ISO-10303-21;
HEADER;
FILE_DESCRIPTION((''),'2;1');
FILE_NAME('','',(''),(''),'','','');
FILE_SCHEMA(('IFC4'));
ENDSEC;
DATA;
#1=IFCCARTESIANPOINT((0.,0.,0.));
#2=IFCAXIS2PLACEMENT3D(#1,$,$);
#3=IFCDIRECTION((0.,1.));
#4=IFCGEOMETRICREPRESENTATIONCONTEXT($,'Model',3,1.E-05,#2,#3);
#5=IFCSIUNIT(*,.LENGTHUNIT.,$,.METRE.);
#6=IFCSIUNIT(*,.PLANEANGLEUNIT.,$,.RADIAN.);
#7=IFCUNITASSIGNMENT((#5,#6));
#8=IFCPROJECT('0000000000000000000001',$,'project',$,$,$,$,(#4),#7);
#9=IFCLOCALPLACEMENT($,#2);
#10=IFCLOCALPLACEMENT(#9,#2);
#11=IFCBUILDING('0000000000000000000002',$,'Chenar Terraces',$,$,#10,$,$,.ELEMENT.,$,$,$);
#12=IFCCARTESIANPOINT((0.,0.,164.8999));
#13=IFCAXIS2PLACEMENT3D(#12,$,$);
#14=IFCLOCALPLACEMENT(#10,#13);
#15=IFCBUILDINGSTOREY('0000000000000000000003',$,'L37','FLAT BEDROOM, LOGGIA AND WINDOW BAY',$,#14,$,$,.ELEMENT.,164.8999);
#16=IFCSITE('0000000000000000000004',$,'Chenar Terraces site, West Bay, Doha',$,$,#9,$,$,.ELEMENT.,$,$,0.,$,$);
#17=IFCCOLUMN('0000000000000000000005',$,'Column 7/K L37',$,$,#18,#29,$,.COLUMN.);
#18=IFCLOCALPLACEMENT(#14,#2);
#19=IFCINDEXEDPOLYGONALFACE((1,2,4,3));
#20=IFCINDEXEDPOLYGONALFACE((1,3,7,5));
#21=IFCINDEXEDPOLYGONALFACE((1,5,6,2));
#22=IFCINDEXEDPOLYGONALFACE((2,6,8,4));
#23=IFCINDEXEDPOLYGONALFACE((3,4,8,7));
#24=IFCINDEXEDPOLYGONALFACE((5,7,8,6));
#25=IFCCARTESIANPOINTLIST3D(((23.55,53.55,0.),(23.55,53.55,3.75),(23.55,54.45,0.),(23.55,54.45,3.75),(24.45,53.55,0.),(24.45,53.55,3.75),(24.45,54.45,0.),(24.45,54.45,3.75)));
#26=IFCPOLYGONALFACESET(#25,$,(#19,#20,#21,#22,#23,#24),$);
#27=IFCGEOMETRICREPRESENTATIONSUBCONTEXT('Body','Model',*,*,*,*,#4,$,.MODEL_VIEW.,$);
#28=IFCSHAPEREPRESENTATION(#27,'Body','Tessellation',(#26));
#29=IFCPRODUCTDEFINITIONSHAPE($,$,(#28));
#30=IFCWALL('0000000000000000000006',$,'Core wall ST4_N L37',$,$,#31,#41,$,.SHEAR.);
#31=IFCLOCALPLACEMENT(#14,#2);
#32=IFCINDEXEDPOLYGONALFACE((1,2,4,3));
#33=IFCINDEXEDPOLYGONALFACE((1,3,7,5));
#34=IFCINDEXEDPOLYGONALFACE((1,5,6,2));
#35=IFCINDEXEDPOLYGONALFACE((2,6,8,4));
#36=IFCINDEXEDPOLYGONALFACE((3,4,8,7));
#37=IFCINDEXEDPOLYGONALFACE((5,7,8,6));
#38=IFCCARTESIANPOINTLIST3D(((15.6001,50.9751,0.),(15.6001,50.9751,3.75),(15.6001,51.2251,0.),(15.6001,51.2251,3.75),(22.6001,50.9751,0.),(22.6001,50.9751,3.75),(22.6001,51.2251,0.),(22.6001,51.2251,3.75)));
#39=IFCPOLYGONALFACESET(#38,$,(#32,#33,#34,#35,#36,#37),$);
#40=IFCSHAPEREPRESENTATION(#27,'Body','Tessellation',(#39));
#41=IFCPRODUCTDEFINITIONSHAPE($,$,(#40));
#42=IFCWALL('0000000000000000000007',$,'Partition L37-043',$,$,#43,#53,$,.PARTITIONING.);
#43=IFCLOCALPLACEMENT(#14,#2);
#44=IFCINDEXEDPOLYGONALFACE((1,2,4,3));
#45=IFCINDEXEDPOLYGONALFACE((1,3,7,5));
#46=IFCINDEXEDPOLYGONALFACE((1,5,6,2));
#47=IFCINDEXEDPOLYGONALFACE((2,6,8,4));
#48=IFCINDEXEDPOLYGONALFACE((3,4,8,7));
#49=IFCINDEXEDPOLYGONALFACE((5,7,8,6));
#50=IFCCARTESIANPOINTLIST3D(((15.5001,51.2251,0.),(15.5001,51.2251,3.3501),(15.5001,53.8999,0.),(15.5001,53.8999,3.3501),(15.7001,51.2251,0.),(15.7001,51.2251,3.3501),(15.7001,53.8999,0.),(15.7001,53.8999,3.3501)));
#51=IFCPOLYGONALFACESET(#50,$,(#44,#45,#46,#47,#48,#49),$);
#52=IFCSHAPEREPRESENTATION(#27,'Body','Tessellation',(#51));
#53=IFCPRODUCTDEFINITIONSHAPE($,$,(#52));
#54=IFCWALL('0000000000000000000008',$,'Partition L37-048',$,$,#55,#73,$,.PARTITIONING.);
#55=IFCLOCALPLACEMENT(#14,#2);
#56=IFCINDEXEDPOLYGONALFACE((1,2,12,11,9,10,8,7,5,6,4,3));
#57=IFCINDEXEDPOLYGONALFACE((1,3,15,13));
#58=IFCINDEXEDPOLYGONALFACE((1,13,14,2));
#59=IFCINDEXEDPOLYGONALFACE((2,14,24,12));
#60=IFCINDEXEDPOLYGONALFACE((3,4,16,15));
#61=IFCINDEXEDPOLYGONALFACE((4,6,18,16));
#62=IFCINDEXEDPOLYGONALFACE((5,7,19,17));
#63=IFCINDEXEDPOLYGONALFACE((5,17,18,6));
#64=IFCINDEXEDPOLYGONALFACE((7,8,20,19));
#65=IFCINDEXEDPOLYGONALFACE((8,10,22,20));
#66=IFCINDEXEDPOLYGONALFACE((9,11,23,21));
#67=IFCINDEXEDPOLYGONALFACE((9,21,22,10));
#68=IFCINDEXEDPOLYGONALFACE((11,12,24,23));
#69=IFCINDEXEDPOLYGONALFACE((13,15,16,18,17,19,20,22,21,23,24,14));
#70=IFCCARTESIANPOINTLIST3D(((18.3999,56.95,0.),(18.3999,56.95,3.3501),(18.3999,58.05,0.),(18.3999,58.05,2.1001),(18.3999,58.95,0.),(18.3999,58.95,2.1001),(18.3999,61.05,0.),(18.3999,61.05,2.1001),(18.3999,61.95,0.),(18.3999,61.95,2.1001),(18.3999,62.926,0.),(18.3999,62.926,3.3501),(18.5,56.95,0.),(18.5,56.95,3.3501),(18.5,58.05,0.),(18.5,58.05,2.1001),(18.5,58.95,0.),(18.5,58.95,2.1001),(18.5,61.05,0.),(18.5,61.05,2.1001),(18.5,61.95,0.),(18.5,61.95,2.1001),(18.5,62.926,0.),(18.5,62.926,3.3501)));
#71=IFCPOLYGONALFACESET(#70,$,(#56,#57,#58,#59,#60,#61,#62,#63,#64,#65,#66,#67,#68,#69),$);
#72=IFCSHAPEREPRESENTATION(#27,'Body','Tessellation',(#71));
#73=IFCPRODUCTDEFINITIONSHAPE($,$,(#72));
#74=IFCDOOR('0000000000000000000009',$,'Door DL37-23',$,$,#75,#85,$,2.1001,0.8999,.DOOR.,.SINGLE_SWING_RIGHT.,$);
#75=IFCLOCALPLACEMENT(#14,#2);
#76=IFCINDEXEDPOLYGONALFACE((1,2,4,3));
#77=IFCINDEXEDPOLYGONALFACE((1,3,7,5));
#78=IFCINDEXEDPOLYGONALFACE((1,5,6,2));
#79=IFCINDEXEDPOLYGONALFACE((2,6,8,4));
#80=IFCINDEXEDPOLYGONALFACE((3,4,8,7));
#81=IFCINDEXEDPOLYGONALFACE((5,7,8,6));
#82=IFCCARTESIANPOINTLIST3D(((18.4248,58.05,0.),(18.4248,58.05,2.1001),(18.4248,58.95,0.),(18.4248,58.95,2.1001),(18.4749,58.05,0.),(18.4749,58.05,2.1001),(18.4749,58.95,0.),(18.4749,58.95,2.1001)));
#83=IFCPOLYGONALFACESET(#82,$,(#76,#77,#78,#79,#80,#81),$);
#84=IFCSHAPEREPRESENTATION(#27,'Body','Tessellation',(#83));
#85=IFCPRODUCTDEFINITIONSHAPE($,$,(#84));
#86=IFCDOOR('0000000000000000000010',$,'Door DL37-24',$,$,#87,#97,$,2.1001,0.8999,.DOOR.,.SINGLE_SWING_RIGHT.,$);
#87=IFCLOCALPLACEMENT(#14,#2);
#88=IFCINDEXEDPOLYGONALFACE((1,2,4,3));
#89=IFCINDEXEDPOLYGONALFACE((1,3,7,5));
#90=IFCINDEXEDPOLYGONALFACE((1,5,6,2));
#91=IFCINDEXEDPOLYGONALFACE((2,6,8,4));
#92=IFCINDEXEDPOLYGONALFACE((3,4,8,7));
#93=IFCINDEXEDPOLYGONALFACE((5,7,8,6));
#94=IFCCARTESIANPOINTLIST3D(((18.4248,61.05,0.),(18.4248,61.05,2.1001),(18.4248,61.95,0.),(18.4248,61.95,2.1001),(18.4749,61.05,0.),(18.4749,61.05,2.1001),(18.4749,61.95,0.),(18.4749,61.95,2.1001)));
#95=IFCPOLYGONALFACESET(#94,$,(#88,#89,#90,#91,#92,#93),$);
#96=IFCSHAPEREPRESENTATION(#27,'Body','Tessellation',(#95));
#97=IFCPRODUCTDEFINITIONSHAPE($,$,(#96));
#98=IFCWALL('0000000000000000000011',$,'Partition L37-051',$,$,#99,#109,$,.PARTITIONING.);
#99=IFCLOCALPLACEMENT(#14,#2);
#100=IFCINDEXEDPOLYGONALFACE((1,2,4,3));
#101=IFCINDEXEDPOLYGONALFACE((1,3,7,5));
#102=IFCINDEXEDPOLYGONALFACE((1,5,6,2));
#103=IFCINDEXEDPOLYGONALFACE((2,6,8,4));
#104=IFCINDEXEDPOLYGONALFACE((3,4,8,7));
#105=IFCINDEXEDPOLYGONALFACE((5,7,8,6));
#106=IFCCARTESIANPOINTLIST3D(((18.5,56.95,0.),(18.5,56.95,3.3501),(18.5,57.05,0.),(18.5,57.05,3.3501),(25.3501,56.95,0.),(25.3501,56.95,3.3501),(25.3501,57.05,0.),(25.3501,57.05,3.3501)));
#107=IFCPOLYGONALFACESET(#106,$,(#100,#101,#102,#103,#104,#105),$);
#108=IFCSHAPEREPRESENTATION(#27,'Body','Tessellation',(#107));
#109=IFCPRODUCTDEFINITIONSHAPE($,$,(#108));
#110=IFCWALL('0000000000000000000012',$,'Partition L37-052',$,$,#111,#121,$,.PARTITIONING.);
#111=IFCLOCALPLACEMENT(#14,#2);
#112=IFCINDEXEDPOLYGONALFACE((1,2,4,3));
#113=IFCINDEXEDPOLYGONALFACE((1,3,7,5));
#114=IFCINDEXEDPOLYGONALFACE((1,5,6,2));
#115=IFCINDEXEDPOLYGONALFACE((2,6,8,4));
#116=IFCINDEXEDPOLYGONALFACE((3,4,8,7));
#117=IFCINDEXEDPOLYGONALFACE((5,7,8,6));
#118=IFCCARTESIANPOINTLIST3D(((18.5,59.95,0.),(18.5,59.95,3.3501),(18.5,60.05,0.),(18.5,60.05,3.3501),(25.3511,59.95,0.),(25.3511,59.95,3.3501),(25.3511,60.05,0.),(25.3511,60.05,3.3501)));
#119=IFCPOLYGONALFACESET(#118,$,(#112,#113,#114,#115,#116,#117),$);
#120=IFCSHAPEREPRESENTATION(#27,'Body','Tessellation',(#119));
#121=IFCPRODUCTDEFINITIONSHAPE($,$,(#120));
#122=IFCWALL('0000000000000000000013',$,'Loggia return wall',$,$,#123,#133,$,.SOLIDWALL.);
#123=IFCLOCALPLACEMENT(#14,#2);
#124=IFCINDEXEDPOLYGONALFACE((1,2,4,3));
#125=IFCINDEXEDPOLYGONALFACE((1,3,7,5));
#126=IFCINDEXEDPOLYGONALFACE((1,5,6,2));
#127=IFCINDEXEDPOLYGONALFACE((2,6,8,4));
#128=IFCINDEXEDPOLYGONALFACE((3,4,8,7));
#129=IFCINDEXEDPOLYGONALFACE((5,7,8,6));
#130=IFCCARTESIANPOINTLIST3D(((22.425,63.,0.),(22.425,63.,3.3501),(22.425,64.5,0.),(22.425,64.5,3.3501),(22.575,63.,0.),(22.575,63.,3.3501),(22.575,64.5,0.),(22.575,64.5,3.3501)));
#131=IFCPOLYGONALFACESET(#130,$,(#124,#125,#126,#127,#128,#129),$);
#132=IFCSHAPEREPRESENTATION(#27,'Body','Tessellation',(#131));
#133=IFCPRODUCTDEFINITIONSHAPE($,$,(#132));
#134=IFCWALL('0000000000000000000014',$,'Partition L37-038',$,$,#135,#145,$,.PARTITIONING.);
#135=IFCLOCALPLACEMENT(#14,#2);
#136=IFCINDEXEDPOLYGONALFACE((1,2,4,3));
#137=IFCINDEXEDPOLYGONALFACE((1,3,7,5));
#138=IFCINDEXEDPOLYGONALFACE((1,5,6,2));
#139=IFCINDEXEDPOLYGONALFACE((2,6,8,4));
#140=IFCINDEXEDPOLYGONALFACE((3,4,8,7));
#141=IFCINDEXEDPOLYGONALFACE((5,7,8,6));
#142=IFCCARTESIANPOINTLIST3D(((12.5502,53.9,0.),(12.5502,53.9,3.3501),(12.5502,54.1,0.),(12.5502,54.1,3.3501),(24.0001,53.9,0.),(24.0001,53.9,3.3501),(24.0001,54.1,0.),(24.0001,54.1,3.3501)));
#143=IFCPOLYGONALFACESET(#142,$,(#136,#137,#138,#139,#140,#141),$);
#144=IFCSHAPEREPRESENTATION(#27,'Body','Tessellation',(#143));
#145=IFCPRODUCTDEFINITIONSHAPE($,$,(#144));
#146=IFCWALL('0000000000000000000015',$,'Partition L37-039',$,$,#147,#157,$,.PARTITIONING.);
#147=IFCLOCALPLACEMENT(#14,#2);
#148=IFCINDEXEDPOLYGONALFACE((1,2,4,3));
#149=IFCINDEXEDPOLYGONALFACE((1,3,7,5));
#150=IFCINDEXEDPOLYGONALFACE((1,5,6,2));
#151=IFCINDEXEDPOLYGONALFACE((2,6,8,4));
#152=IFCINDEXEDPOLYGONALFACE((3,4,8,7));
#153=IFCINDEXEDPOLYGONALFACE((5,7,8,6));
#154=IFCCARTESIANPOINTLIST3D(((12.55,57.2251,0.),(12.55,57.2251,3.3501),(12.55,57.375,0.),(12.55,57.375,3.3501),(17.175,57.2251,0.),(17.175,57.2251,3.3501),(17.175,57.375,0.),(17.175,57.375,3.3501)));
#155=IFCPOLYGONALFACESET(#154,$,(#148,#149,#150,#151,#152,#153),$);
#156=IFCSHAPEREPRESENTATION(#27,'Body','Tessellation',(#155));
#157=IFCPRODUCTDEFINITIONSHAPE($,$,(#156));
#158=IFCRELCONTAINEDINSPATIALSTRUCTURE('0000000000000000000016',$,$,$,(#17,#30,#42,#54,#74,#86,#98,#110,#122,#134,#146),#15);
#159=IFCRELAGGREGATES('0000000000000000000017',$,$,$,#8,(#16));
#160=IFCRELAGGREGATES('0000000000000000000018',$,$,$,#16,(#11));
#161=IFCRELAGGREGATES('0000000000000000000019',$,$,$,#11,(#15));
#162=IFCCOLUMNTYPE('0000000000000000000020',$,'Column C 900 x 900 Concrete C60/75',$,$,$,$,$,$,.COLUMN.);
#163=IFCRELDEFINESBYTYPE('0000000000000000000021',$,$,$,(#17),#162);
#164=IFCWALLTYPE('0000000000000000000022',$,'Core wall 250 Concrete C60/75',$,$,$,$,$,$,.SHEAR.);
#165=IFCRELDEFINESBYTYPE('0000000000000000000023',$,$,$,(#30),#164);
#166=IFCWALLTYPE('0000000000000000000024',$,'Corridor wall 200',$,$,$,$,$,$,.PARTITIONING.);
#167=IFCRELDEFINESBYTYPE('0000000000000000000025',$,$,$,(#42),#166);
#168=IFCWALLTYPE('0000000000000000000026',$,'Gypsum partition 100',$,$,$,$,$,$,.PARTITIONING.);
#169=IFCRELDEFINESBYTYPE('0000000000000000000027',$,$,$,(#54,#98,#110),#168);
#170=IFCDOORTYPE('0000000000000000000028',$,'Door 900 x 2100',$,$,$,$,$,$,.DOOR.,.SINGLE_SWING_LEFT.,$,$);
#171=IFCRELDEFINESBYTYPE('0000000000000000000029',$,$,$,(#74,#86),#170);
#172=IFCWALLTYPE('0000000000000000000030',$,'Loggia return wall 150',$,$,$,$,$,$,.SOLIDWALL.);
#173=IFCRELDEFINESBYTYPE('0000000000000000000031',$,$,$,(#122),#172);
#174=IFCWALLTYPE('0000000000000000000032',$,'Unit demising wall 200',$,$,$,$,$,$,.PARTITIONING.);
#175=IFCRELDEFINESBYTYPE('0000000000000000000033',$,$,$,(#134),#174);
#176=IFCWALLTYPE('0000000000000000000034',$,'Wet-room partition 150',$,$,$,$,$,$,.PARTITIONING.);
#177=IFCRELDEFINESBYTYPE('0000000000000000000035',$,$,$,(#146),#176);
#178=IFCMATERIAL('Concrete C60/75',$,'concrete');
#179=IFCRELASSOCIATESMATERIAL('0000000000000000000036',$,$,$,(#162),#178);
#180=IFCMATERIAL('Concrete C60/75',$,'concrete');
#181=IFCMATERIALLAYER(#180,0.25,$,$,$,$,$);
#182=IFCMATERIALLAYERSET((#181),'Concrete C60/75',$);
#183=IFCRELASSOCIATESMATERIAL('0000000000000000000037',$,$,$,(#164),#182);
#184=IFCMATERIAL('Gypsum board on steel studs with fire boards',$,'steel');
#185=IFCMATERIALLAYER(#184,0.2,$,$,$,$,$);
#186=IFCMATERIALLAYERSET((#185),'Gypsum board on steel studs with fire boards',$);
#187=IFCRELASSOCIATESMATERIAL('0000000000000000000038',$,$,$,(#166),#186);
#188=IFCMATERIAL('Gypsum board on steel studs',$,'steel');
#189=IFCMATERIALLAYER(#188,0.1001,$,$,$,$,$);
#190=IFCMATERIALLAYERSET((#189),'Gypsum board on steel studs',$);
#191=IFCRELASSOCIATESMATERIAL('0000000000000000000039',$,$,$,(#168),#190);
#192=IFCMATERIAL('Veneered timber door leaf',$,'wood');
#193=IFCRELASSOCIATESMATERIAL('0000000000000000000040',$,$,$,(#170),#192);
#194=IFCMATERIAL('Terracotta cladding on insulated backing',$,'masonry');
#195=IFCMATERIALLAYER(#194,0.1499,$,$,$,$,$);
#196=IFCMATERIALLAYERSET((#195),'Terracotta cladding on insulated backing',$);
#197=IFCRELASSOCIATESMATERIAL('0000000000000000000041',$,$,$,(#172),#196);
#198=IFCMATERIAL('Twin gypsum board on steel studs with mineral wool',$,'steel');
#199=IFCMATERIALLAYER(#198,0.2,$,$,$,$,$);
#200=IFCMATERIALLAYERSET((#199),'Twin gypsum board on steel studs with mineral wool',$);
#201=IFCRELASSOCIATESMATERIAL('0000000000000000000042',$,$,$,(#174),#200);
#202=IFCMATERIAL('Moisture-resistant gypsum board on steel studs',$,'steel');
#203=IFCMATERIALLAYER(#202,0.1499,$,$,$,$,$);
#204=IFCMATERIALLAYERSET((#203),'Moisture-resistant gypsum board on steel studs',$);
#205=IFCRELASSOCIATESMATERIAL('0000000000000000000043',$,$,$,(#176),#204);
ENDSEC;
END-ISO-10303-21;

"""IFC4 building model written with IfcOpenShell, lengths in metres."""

from ifc_helpers import new_model, si_unit, direction, frame, frame_2d, origin, origin_2d, place, context, subcontext, project, spatial, rectangle, extrude, material, layer, layer_set, material_profile, profile_set, type_object, element, fill, save


model = new_model("IFC4")

# Units and contexts
model_context = context("Model", 3, precision=1e-05, world=origin(), true_north=direction((0.0, 1.0)))
body_context = subcontext(model_context, "Body", "Model", "MODEL_VIEW")
ifc_project = project(units=[si_unit("LENGTHUNIT", "METRE"), si_unit("PLANEANGLEUNIT", "RADIAN")], contexts=[model_context])

# Site, building, storey
site_placement = place(None, origin())
site = spatial("IfcSite", under=ifc_project, at=site_placement, Name="Chenar Terraces site, West Bay, Doha", CompositionType="ELEMENT", RefElevation=0.0)
building_placement = place(site_placement, origin())
building = spatial("IfcBuilding", under=site, at=building_placement, Name="Chenar Terraces", CompositionType="ELEMENT")
storey_placement = place(building_placement, frame((0.0, 0.0, 164.8999)))
storey = spatial("IfcBuildingStorey", under=building, at=storey_placement, Name="L37", Description="FLAT BEDROOM, LOGGIA AND WINDOW BAY", CompositionType="ELEMENT", Elevation=164.8999)

# Column
ifc_material_1 = material(Name="Concrete C60/75", Category="concrete")
ifc_material_profile_1 = material_profile(ifc_material_1, rectangle(XDim=0.8999, YDim=0.8999, at=origin_2d()), Name="C 900 x 900")
ifc_profile_set_1 = profile_set([ifc_material_profile_1], Name="Concrete C60/75")
column_type = type_object("IfcColumnType", Name="Column C 900 x 900 Concrete C60/75", PredefinedType="COLUMN", material=ifc_profile_set_1)
column_placement = place(storey_placement, frame((24.0, 54.0, 0.0), z_axis=(0.0, 0.0, 1.0), x_axis=(1.0, 0.0, 0.0)))
element("IfcColumn", 1, at=column_placement, inside=storey, type_object=column_type, Name="Column 7/K L37", PredefinedType="COLUMN", context=body_context, shape_type="SweptSolid", body=[
    extrude(rectangle(XDim=0.8999, YDim=0.8999, at=origin_2d()), origin(), (0.0, 0.0, 1.0), 3.75),
])

# Walls
ifc_material_2 = material(Name="Concrete C60/75", Category="concrete")
ifc_layer_1 = layer(ifc_material_2, 0.25)
ifc_layer_set_1 = layer_set([ifc_layer_1], Name="Concrete C60/75")
wall_type_1 = type_object("IfcWallType", Name="Core wall 250 Concrete C60/75", PredefinedType="SHEAR", material=ifc_layer_set_1)
wall_1_placement = place(storey_placement, frame((15.6001, 51.1001, 0.0), z_axis=(0.0, 0.0, 1.0), x_axis=(1.0, 0.0, 0.0)))
element("IfcWall", 2, at=wall_1_placement, inside=storey, type_object=wall_type_1, Name="Core wall ST4_N L37", PredefinedType="SHEAR", context=body_context, shape_type="SweptSolid", body=[
    extrude(rectangle(XDim=7.0, YDim=0.25, at=frame_2d((3.5, 0.0))), origin(), (0.0, 0.0, 1.0), 3.75),
])
ifc_material_3 = material(Name="Gypsum board on steel studs with fire boards", Category="steel")
ifc_layer_2 = layer(ifc_material_3, 0.2)
ifc_layer_set_2 = layer_set([ifc_layer_2], Name="Gypsum board on steel studs with fire boards")
wall_type_2 = type_object("IfcWallType", Name="Corridor wall 200", PredefinedType="PARTITIONING", material=ifc_layer_set_2)
wall_2_placement = place(storey_placement, frame((15.6001, 51.2251, 0.0), z_axis=(0.0, 0.0, 1.0), x_axis=(0.0, 1.0, 0.0)))
element("IfcWall", 3, at=wall_2_placement, inside=storey, type_object=wall_type_2, Name="Partition L37-043", PredefinedType="PARTITIONING", context=body_context, shape_type="SweptSolid", body=[
    extrude(rectangle(XDim=2.6748, YDim=0.2, at=frame_2d((1.3374, 0.0))), origin(), (0.0, 0.0, 1.0), 3.3501),
])

# Wall, openings, doors
ifc_material_4 = material(Name="Gypsum board on steel studs", Category="steel")
ifc_layer_3 = layer(ifc_material_4, 0.1001)
ifc_layer_set_3 = layer_set([ifc_layer_3], Name="Gypsum board on steel studs")
wall_type_3 = type_object("IfcWallType", Name="Gypsum partition 100", PredefinedType="PARTITIONING", material=ifc_layer_set_3)
wall_3_placement = place(storey_placement, frame((18.45, 56.95, 0.0), z_axis=(0.0, 0.0, 1.0), x_axis=(0.0, 1.0, 0.0)))
wall_3 = element("IfcWall", 4, at=wall_3_placement, inside=storey, type_object=wall_type_3, Name="Partition L37-048", PredefinedType="PARTITIONING", context=body_context, shape_type="SweptSolid", body=[
    extrude(rectangle(XDim=5.9761, YDim=0.1001, at=frame_2d((2.988, 0.0))), origin(), (0.0, 0.0, 1.0), 3.3501),
])
opening_1_placement = place(wall_3_placement, frame((1.1001, 0.0, 0.0)))
opening_1 = element("IfcOpeningElement", 5, at=opening_1_placement, cuts=wall_3, PredefinedType="OPENING", context=body_context, shape_type="SweptSolid", body=[
    extrude(rectangle(XDim=0.8999, YDim=2.1001, at=frame_2d((0.45, 1.05))), frame((0.0, 0.0601, 0.0), z_axis=(0.0, -1.0, 0.0), x_axis=(1.0, 0.0, 0.0)), (0.0, 0.0, 1.0), 0.1201),
])
opening_2_placement = place(wall_3_placement, frame((4.1001, 0.0, 0.0)))
opening_2 = element("IfcOpeningElement", 6, at=opening_2_placement, cuts=wall_3, PredefinedType="OPENING", context=body_context, shape_type="SweptSolid", body=[
    extrude(rectangle(XDim=0.8999, YDim=2.1001, at=frame_2d((0.45, 1.05))), frame((0.0, 0.0601, 0.0), z_axis=(0.0, -1.0, 0.0), x_axis=(1.0, 0.0, 0.0)), (0.0, 0.0, 1.0), 0.1201),
])
ifc_material_5 = material(Name="Veneered timber door leaf", Category="wood")
door_type_1 = type_object("IfcDoorType", Name="Door 900 x 2100", OperationType="SINGLE_SWING_LEFT", PredefinedType="DOOR", material=ifc_material_5)
door_1_placement = place(opening_1_placement, frame((0.8999, 0.0, 0.0), z_axis=(0.0, 0.0, 1.0), x_axis=(-1.0, 0.0, 0.0)))
door_1 = element("IfcDoor", 7, at=door_1_placement, inside=storey, type_object=door_type_1, Name="Door DL37-23", OperationType="SINGLE_SWING_RIGHT", OverallHeight=2.1001, OverallWidth=0.8999, PredefinedType="DOOR", context=body_context, shape_type="SweptSolid", body=[
    extrude(rectangle(XDim=0.8999, YDim=2.1001, at=frame_2d((0.45, 1.05))), frame((0.0, 0.0249, 0.0), z_axis=(0.0, -1.0, 0.0), x_axis=(1.0, 0.0, 0.0)), (0.0, 0.0, 1.0), 0.05),
])
fill(opening_1, door_1)
door_2_placement = place(opening_2_placement, frame((0.8999, 0.0, 0.0), z_axis=(0.0, 0.0, 1.0), x_axis=(-1.0, 0.0, 0.0)))
door_2 = element("IfcDoor", 8, at=door_2_placement, inside=storey, type_object=door_type_1, Name="Door DL37-24", OperationType="SINGLE_SWING_RIGHT", OverallHeight=2.1001, OverallWidth=0.8999, PredefinedType="DOOR", context=body_context, shape_type="SweptSolid", body=[
    extrude(rectangle(XDim=0.8999, YDim=2.1001, at=frame_2d((0.45, 1.05))), frame((0.0, 0.0249, 0.0), z_axis=(0.0, -1.0, 0.0), x_axis=(1.0, 0.0, 0.0)), (0.0, 0.0, 1.0), 0.05),
])
fill(opening_2, door_2)

# Walls
wall_4_placement = place(storey_placement, frame((18.5, 57.0, 0.0), z_axis=(0.0, 0.0, 1.0), x_axis=(1.0, 0.0, 0.0)))
element("IfcWall", 9, at=wall_4_placement, inside=storey, type_object=wall_type_3, Name="Partition L37-051", PredefinedType="PARTITIONING", context=body_context, shape_type="SweptSolid", body=[
    extrude(rectangle(XDim=6.8501, YDim=0.1001, at=frame_2d((3.425, 0.0))), origin(), (0.0, 0.0, 1.0), 3.3501),
])
wall_5_placement = place(storey_placement, frame((18.5, 60.0, 0.0), z_axis=(0.0, 0.0, 1.0), x_axis=(1.0, 0.0, 0.0)))
element("IfcWall", 10, at=wall_5_placement, inside=storey, type_object=wall_type_3, Name="Partition L37-052", PredefinedType="PARTITIONING", context=body_context, shape_type="SweptSolid", body=[
    extrude(rectangle(XDim=6.8511, YDim=0.1001, at=frame_2d((3.4255, 0.0))), origin(), (0.0, 0.0, 1.0), 3.3501),
])
ifc_material_6 = material(Name="Terracotta cladding on insulated backing", Category="masonry")
ifc_layer_4 = layer(ifc_material_6, 0.1499)
ifc_layer_set_4 = layer_set([ifc_layer_4], Name="Terracotta cladding on insulated backing")
wall_type_4 = type_object("IfcWallType", Name="Loggia return wall 150", PredefinedType="SOLIDWALL", material=ifc_layer_set_4)
wall_6_placement = place(storey_placement, frame((22.5, 64.5, 0.0), z_axis=(0.0, 0.0, 1.0), x_axis=(0.0, -1.0, 0.0)))
element("IfcWall", 11, at=wall_6_placement, inside=storey, type_object=wall_type_4, Name="Loggia return wall", PredefinedType="SOLIDWALL", context=body_context, shape_type="SweptSolid", body=[
    extrude(rectangle(XDim=1.5, YDim=0.1499, at=frame_2d((0.75, 0.0))), origin(), (0.0, 0.0, 1.0), 3.3501),
])
ifc_material_7 = material(Name="Twin gypsum board on steel studs with mineral wool", Category="steel")
ifc_layer_5 = layer(ifc_material_7, 0.2)
ifc_layer_set_5 = layer_set([ifc_layer_5], Name="Twin gypsum board on steel studs with mineral wool")
wall_type_5 = type_object("IfcWallType", Name="Unit demising wall 200", PredefinedType="PARTITIONING", material=ifc_layer_set_5)
wall_7_placement = place(storey_placement, frame((12.55, 54.0, 0.0), z_axis=(0.0, 0.0, 1.0), x_axis=(1.0, 0.0, 0.0)))
element("IfcWall", 12, at=wall_7_placement, inside=storey, type_object=wall_type_5, Name="Partition L37-038", PredefinedType="PARTITIONING", context=body_context, shape_type="SweptSolid", body=[
    extrude(rectangle(XDim=11.45, YDim=0.2, at=frame_2d((5.7251, 0.0))), origin(), (0.0, 0.0, 1.0), 3.3501),
])
ifc_material_8 = material(Name="Moisture-resistant gypsum board on steel studs", Category="steel")
ifc_layer_6 = layer(ifc_material_8, 0.1499)
ifc_layer_set_6 = layer_set([ifc_layer_6], Name="Moisture-resistant gypsum board on steel studs")
wall_type_6 = type_object("IfcWallType", Name="Wet-room partition 150", PredefinedType="PARTITIONING", material=ifc_layer_set_6)
wall_8_placement = place(storey_placement, frame((12.55, 57.3, 0.0), z_axis=(0.0, 0.0, 1.0), x_axis=(1.0, 0.0, 0.0)))
element("IfcWall", 13, at=wall_8_placement, inside=storey, type_object=wall_type_6, Name="Partition L37-039", PredefinedType="PARTITIONING", context=body_context, shape_type="SweptSolid", body=[
    extrude(rectangle(XDim=4.625, YDim=0.1499, at=frame_2d((2.3125, 0.0))), origin(), (0.0, 0.0, 1.0), 3.3501),
])

save(model, "model.ifc")
